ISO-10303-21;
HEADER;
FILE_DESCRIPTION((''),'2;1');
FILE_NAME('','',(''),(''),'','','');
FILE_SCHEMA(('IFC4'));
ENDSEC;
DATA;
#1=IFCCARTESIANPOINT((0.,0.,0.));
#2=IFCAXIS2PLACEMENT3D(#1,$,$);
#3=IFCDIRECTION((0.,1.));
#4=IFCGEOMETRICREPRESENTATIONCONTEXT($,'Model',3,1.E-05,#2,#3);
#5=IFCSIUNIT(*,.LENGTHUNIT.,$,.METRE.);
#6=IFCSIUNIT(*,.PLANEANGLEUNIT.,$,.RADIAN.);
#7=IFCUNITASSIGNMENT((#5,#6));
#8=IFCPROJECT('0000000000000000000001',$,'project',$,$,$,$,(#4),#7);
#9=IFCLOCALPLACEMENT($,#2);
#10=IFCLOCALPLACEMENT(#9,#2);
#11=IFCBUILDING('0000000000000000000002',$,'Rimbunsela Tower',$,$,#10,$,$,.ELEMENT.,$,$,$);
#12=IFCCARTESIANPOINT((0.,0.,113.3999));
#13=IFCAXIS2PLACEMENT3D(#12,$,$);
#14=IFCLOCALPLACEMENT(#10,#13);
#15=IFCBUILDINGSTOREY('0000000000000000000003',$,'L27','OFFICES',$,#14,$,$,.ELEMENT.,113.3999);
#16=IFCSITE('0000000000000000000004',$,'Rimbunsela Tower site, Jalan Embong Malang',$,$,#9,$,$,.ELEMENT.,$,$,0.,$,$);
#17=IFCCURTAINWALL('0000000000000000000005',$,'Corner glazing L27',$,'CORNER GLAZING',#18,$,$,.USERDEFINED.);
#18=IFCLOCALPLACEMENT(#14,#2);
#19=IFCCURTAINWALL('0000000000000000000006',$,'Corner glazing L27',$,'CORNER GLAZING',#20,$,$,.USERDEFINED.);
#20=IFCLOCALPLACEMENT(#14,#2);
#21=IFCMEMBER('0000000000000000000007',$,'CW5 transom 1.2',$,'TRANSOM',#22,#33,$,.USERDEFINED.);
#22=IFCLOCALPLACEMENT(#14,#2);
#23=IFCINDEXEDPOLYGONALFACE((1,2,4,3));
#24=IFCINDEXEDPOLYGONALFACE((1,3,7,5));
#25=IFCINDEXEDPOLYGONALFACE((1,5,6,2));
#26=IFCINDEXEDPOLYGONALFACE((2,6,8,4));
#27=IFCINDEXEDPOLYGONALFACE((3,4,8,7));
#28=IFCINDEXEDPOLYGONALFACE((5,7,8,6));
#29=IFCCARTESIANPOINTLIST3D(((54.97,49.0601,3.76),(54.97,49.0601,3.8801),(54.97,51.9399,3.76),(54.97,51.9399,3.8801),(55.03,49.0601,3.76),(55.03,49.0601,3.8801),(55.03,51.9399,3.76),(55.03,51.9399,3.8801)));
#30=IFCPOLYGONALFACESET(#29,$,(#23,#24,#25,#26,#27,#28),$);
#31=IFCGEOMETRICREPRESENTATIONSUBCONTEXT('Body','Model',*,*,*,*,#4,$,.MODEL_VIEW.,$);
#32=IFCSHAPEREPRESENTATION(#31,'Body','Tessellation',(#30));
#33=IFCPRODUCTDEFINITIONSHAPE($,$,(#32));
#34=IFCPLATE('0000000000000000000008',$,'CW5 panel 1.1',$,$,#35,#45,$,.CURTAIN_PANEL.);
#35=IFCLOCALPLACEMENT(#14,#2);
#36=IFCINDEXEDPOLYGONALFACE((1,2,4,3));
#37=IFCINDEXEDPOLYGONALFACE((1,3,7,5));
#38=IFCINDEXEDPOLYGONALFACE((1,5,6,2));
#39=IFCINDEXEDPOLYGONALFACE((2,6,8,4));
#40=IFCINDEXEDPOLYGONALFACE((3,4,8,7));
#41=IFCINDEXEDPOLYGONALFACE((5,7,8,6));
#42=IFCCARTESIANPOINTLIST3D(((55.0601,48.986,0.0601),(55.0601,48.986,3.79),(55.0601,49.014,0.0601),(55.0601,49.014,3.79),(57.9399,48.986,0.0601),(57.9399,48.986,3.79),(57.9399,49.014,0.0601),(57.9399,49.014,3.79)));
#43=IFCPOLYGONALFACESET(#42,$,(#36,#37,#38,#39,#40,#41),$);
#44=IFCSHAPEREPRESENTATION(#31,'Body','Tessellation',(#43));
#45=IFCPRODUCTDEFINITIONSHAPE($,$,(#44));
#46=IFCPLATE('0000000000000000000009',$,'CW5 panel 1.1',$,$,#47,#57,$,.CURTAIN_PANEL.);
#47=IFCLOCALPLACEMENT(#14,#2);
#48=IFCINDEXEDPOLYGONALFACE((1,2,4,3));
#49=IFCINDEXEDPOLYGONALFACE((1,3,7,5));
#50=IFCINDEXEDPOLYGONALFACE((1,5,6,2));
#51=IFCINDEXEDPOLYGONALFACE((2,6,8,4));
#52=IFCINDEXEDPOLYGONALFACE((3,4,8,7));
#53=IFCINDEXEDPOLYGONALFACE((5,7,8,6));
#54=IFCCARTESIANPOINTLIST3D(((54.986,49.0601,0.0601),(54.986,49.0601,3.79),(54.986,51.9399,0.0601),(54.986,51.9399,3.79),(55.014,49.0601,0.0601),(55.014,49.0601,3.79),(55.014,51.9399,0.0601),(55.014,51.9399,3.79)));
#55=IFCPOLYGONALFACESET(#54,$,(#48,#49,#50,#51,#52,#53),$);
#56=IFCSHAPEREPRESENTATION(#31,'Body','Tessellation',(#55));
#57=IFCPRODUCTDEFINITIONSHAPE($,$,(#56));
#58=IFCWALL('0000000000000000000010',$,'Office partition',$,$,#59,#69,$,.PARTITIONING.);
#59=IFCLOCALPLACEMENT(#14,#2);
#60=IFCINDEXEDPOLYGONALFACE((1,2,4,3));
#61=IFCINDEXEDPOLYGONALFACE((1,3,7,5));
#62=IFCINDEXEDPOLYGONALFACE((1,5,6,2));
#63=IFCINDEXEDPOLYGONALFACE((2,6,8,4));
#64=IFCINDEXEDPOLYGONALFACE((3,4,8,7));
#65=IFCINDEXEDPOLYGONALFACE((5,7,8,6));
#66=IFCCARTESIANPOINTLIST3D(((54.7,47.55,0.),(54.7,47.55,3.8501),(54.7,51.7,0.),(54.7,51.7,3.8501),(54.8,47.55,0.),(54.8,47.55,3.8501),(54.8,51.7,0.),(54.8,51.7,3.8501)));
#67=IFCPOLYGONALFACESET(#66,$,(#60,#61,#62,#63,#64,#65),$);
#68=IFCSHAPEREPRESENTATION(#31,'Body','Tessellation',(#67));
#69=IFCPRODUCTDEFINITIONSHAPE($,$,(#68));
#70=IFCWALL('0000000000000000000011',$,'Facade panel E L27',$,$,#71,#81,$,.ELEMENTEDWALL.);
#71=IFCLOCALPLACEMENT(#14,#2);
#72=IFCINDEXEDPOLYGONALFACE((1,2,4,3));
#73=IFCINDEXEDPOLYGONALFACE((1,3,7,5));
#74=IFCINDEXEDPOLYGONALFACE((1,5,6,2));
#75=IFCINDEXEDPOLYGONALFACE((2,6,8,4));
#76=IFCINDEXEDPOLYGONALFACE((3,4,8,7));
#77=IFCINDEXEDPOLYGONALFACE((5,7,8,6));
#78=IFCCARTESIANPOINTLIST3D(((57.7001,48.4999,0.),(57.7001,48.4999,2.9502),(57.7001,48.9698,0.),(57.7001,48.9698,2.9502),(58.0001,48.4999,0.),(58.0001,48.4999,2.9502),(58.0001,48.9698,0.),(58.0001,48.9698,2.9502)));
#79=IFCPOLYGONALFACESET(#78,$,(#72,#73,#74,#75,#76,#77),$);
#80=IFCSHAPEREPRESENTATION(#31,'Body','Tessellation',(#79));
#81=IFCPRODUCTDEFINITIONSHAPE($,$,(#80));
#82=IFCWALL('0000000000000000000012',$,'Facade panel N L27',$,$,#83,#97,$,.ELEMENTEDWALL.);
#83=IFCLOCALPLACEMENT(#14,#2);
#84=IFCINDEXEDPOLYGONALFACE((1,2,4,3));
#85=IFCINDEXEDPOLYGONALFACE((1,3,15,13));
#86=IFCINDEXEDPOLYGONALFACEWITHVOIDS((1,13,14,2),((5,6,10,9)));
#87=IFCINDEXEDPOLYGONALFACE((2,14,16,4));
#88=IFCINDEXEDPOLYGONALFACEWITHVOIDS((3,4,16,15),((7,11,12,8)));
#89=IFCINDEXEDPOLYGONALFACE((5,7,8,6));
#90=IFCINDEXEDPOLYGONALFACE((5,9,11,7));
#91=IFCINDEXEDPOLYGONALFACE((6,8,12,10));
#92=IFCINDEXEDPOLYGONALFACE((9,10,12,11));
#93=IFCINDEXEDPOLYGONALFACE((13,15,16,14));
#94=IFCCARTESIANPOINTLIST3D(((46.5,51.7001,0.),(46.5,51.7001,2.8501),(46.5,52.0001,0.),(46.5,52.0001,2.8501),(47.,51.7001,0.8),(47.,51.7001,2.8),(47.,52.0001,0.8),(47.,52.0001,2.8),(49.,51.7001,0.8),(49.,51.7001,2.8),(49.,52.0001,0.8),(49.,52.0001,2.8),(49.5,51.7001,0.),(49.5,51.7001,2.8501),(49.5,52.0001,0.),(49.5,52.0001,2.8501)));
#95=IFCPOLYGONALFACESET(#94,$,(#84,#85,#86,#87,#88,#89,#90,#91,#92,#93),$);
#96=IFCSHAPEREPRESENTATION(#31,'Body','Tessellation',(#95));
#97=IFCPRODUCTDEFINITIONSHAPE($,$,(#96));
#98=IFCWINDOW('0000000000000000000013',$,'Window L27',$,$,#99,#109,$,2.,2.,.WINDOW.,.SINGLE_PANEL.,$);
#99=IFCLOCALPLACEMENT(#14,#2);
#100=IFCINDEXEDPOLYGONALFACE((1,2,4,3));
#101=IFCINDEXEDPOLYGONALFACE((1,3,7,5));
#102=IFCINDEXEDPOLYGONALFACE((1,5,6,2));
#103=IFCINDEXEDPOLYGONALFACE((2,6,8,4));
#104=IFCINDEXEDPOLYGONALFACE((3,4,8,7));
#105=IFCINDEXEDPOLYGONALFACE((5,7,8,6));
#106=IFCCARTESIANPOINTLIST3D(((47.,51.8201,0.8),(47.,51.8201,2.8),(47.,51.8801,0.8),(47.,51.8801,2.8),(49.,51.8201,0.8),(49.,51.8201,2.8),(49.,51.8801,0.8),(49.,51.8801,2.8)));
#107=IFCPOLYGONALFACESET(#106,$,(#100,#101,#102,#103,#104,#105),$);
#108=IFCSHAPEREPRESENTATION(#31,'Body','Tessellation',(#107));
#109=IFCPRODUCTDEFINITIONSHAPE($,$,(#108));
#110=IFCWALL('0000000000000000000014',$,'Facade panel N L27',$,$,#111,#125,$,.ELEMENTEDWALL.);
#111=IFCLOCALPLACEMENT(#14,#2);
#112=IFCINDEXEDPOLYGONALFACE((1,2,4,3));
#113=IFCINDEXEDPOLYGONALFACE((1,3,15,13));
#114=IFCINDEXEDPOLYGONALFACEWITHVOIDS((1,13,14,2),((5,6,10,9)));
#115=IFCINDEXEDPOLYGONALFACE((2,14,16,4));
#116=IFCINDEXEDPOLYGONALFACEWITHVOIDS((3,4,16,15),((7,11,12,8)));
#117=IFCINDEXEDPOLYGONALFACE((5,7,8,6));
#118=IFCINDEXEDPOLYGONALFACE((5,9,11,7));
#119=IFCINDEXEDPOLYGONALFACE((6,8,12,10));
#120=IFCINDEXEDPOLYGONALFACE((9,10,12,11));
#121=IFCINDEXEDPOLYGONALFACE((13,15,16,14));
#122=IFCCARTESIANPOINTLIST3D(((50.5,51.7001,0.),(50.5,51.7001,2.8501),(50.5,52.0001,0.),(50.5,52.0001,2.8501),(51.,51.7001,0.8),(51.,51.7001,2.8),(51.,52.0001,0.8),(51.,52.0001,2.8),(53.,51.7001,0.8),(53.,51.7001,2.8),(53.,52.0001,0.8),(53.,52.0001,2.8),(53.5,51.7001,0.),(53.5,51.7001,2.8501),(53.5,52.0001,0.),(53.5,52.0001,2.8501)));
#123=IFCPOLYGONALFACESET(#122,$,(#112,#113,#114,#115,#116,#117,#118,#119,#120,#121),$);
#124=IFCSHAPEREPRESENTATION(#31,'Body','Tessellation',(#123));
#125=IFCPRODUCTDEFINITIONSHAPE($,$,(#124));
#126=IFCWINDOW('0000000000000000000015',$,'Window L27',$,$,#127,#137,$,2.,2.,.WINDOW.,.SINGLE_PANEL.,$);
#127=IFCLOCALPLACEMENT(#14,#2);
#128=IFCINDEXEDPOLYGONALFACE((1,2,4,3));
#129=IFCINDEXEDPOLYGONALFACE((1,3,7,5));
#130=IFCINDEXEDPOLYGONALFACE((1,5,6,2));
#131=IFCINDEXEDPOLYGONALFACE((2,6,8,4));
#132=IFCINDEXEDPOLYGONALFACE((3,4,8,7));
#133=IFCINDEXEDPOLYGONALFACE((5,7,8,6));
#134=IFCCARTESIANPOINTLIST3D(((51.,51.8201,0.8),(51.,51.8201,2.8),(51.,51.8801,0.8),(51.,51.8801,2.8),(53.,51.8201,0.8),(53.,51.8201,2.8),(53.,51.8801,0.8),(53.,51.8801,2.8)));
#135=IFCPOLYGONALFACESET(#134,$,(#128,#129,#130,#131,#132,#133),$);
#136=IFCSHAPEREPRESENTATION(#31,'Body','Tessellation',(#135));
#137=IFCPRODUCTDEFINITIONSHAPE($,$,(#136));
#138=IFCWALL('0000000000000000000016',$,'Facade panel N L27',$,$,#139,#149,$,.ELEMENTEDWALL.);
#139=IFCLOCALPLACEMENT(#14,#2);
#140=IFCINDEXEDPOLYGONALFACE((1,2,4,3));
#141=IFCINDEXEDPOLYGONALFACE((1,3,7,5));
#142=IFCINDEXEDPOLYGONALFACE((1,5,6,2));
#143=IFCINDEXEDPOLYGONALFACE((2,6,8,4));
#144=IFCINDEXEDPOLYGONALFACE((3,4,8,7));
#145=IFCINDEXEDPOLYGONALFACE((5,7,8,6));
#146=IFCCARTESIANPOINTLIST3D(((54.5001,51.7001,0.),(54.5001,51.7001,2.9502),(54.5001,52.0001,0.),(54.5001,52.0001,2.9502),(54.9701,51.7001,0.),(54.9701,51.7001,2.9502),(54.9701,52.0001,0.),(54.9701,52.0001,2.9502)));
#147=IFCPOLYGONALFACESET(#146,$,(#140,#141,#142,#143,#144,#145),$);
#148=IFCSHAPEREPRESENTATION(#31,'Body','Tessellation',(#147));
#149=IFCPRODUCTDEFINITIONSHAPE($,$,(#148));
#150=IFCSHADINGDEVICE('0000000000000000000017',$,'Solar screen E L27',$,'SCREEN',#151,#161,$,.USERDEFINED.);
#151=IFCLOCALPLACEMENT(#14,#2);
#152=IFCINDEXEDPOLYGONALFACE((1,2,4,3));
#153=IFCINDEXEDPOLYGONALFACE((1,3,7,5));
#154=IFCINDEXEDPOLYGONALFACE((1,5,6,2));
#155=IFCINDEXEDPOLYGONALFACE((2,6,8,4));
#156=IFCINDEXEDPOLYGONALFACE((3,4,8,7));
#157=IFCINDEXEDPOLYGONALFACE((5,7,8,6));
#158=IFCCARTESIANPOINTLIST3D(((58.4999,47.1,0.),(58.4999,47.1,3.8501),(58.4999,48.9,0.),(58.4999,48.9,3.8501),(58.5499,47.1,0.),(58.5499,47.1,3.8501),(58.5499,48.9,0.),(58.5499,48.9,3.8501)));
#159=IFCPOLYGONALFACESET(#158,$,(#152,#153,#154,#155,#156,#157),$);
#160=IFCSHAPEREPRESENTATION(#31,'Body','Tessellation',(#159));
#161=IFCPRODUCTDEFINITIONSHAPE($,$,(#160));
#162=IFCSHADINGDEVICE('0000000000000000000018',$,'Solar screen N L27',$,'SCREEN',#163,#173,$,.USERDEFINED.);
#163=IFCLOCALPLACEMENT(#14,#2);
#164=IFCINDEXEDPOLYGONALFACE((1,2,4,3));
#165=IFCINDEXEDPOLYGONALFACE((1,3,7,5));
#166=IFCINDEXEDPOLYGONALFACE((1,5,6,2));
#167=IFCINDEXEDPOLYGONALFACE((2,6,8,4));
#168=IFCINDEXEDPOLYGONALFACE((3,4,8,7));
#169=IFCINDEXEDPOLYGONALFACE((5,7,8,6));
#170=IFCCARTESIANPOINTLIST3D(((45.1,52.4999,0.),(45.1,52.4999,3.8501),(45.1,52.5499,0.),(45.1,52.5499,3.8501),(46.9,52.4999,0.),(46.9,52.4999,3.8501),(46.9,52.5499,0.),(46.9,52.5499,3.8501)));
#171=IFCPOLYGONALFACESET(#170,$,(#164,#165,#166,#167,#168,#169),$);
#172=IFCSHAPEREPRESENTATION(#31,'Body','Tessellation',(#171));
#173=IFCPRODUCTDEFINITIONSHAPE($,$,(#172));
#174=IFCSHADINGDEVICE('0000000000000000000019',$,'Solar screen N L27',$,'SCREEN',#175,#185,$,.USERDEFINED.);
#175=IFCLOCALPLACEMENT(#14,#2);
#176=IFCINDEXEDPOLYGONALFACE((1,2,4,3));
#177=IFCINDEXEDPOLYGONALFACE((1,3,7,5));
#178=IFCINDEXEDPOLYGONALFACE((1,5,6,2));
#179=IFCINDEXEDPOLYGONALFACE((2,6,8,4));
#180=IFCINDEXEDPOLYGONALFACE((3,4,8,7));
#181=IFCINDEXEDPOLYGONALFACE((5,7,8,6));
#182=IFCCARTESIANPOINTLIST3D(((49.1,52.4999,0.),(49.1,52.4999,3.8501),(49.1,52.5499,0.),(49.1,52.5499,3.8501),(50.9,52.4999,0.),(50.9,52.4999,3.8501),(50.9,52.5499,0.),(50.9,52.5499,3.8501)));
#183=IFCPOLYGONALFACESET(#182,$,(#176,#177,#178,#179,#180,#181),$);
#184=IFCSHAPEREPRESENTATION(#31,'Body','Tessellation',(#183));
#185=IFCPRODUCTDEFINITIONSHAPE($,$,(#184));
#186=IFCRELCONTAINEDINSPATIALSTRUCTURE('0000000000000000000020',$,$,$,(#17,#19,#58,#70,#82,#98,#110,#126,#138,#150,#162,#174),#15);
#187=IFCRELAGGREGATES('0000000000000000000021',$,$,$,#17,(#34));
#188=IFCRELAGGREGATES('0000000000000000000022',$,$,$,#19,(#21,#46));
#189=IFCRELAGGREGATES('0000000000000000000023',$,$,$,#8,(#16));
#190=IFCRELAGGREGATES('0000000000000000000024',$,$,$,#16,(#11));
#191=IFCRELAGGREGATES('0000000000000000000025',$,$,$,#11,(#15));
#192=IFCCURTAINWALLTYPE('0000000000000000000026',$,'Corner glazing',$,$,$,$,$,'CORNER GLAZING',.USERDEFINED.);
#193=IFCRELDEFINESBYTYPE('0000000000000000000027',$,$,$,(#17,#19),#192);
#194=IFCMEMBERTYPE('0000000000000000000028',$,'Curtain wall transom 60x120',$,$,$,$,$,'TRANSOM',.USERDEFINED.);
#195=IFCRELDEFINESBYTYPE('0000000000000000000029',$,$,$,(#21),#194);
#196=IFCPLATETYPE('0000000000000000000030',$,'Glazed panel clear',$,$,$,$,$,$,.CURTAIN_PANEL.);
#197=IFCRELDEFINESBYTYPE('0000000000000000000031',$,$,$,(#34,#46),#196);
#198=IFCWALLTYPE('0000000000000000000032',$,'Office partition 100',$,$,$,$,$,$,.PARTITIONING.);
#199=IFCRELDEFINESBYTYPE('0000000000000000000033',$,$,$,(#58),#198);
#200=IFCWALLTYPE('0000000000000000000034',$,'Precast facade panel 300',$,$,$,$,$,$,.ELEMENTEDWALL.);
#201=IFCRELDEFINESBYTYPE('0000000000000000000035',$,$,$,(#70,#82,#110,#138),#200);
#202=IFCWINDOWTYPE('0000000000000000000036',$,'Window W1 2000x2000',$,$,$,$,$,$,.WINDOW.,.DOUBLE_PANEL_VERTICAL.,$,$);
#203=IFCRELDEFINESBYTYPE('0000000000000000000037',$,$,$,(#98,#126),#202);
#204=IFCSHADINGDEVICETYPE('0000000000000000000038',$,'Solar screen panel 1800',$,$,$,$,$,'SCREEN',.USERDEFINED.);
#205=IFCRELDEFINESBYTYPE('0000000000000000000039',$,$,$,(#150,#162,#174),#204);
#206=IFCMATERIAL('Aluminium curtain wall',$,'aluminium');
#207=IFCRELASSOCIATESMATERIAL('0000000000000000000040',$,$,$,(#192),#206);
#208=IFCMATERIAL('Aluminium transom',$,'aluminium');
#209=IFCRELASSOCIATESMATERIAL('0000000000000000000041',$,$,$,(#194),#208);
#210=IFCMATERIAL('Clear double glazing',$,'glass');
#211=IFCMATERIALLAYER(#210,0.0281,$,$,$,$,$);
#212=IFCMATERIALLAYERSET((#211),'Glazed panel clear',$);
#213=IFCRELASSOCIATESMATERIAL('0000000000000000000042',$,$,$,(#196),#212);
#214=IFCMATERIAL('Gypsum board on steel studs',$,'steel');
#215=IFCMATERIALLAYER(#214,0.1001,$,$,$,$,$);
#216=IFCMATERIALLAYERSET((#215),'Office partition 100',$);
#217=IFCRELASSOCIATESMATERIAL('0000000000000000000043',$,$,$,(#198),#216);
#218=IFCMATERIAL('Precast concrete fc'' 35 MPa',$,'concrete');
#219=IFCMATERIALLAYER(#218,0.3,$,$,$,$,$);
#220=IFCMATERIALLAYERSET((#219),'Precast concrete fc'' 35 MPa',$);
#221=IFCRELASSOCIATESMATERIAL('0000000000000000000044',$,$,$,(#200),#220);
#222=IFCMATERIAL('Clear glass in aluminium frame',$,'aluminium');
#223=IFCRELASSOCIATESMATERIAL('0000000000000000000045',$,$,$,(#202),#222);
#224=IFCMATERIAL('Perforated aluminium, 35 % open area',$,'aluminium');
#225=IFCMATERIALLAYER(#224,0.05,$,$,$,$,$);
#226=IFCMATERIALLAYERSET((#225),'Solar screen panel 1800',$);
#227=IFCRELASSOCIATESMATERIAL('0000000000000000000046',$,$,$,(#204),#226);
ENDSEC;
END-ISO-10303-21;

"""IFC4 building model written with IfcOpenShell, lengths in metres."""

from ifc_helpers import new_model, si_unit, direction, frame, frame_2d, origin, origin_2d, place, context, subcontext, project, spatial, rectangle, extrude, material, layer, layer_set, material_profile, profile_set, type_object, element, fill, aggregate, save


model = new_model("IFC4")

# Units and contexts
model_context = context("Model", 3, precision=1e-05, world=origin(), true_north=direction((0.0, 1.0)))
body_context = subcontext(model_context, "Body", "Model", "MODEL_VIEW")
ifc_project = project(units=[si_unit("LENGTHUNIT", "METRE"), si_unit("PLANEANGLEUNIT", "RADIAN")], contexts=[model_context])

# Site, building, storey
site_placement = place(None, origin())
site = spatial("IfcSite", under=ifc_project, at=site_placement, Name="Rimbunsela Tower site, Jalan Embong Malang", CompositionType="ELEMENT", RefElevation=0.0)
building_placement = place(site_placement, origin())
building = spatial("IfcBuilding", under=site, at=building_placement, Name="Rimbunsela Tower", CompositionType="ELEMENT")
storey_placement = place(building_placement, frame((0.0, 0.0, 113.3999)))
storey = spatial("IfcBuildingStorey", under=building, at=storey_placement, Name="L27", Description="OFFICES", CompositionType="ELEMENT", Elevation=113.3999)

# Curtain walls
ifc_material_1 = material(Name="Aluminium curtain wall", Category="aluminium")
curtain_wall_type = type_object("IfcCurtainWallType", Name="Corner glazing", ElementType="CORNER GLAZING", PredefinedType="USERDEFINED", material=ifc_material_1)
curtain_wall_1_placement = place(storey_placement, origin())
curtain_wall_1 = element("IfcCurtainWall", 1, at=curtain_wall_1_placement, inside=storey, type_object=curtain_wall_type, Name="Corner glazing L27", ObjectType="CORNER GLAZING", PredefinedType="USERDEFINED")
curtain_wall_2_placement = place(storey_placement, origin())
curtain_wall_2 = element("IfcCurtainWall", 2, at=curtain_wall_2_placement, inside=storey, type_object=curtain_wall_type, Name="Corner glazing L27", ObjectType="CORNER GLAZING", PredefinedType="USERDEFINED")

# Member
ifc_material_2 = material(Name="Aluminium transom", Category="aluminium")
ifc_material_profile_1 = material_profile(ifc_material_2, rectangle(XDim=0.0601, YDim=0.1201, at=origin_2d()), Name="Transom 60x120")
ifc_profile_set_1 = profile_set([ifc_material_profile_1], Name="Aluminium transom")
member_type_1 = type_object("IfcMemberType", Name="Curtain wall transom 60x120", ElementType="TRANSOM", PredefinedType="USERDEFINED", material=ifc_profile_set_1)
member_1_placement = place(storey_placement, frame((55.0, 49.0601, 3.8201), z_axis=(0.0, 1.0, 0.0), x_axis=(-1.0, 0.0, 0.0)))
member_1 = element("IfcMember", 3, at=member_1_placement, type_object=member_type_1, Name="CW5 transom 1.2", ObjectType="TRANSOM", PredefinedType="USERDEFINED", context=body_context, shape_type="SweptSolid", body=[
    extrude(rectangle(XDim=0.0601, YDim=0.1201, at=origin_2d()), origin(), (0.0, 0.0, 1.0), 2.8799),
])

# Plates
ifc_material_3 = material(Name="Clear double glazing", Category="glass")
ifc_layer_1 = layer(ifc_material_3, 0.0281)
ifc_layer_set_1 = layer_set([ifc_layer_1], Name="Glazed panel clear")
plate_type = type_object("IfcPlateType", Name="Glazed panel clear", PredefinedType="CURTAIN_PANEL", material=ifc_layer_set_1)
plate_1_placement = place(storey_placement, frame((56.5, 49.0, 0.0601), z_axis=(0.0, 0.0, 1.0), x_axis=(-1.0, 0.0, 0.0)))
plate_1 = element("IfcPlate", 4, at=plate_1_placement, type_object=plate_type, Name="CW5 panel 1.1", PredefinedType="CURTAIN_PANEL", context=body_context, shape_type="SweptSolid", body=[
    extrude(rectangle(XDim=2.8799, YDim=0.0281, at=origin_2d()), origin(), (0.0, 0.0, 1.0), 3.73),
])
aggregate(curtain_wall_1, [plate_1])
plate_2_placement = place(storey_placement, frame((55.0, 50.5, 0.0601), z_axis=(0.0, 0.0, 1.0), x_axis=(0.0, 1.0, 0.0)))
plate_2 = element("IfcPlate", 5, at=plate_2_placement, type_object=plate_type, Name="CW5 panel 1.1", PredefinedType="CURTAIN_PANEL", context=body_context, shape_type="SweptSolid", body=[
    extrude(rectangle(XDim=2.8799, YDim=0.0281, at=origin_2d()), origin(), (0.0, 0.0, 1.0), 3.73),
])
aggregate(curtain_wall_2, [member_1, plate_2])

# Walls
ifc_material_4 = material(Name="Gypsum board on steel studs", Category="steel")
ifc_layer_2 = layer(ifc_material_4, 0.1001)
ifc_layer_set_2 = layer_set([ifc_layer_2], Name="Office partition 100")
wall_type_1 = type_object("IfcWallType", Name="Office partition 100", PredefinedType="PARTITIONING", material=ifc_layer_set_2)
wall_1_placement = place(storey_placement, frame((54.75, 47.55, 0.0), z_axis=(0.0, 0.0, 1.0), x_axis=(0.0, 1.0, 0.0)))
element("IfcWall", 6, at=wall_1_placement, inside=storey, type_object=wall_type_1, Name="Office partition", PredefinedType="PARTITIONING", context=body_context, shape_type="SweptSolid", body=[
    extrude(rectangle(XDim=4.1499, YDim=0.1001, at=frame_2d((2.075, 0.0))), origin(), (0.0, 0.0, 1.0), 3.8501),
])
ifc_material_5 = material(Name="Precast concrete fc' 35 MPa", Category="concrete")
ifc_layer_3 = layer(ifc_material_5, 0.3)
ifc_layer_set_3 = layer_set([ifc_layer_3], Name="Precast concrete fc' 35 MPa")
wall_type_2 = type_object("IfcWallType", Name="Precast facade panel 300", PredefinedType="ELEMENTEDWALL", material=ifc_layer_set_3)
wall_2_placement = place(storey_placement, frame((57.8501, 48.5, 0.0), z_axis=(0.0, 0.0, 1.0), x_axis=(0.0, 1.0, 0.0)))
element("IfcWall", 7, at=wall_2_placement, inside=storey, type_object=wall_type_2, Name="Facade panel E L27", PredefinedType="ELEMENTEDWALL", context=body_context, shape_type="SweptSolid", body=[
    extrude(rectangle(XDim=0.47, YDim=0.3, at=frame_2d((0.2349, 0.0))), origin(), (0.0, 0.0, 1.0), 2.9502),
])

# Walls, openings, windows
wall_3_placement = place(storey_placement, frame((49.5, 51.8501, 0.0), z_axis=(0.0, 0.0, 1.0), x_axis=(-1.0, 0.0, 0.0)))
wall_3 = element("IfcWall", 8, at=wall_3_placement, inside=storey, type_object=wall_type_2, Name="Facade panel N L27", PredefinedType="ELEMENTEDWALL", context=body_context, shape_type="SweptSolid", body=[
    extrude(rectangle(XDim=3.0, YDim=0.3, at=frame_2d((1.5, 0.0))), origin(), (0.0, 0.0, 1.0), 2.8501),
])
opening_1_placement = place(wall_3_placement, frame((0.5, 0.0, 0.8)))
opening_1 = element("IfcOpeningElement", 9, at=opening_1_placement, cuts=wall_3, PredefinedType="OPENING", context=body_context, shape_type="SweptSolid", body=[
    extrude(rectangle(XDim=2.0, YDim=2.0, at=frame_2d((1.0, 1.0))), frame((0.0, 0.1599, 0.0), z_axis=(0.0, -1.0, 0.0), x_axis=(1.0, 0.0, 0.0)), (0.0, 0.0, 1.0), 0.3201),
])
ifc_material_6 = material(Name="Clear glass in aluminium frame", Category="aluminium")
window_type = type_object("IfcWindowType", Name="Window W1 2000x2000", PartitioningType="DOUBLE_PANEL_VERTICAL", PredefinedType="WINDOW", material=ifc_material_6)
window_1_placement = place(opening_1_placement, origin())
window_1 = element("IfcWindow", 10, at=window_1_placement, inside=storey, type_object=window_type, Name="Window L27", OverallHeight=2.0, OverallWidth=2.0, PartitioningType="SINGLE_PANEL", PredefinedType="WINDOW", context=body_context, shape_type="SweptSolid", body=[
    extrude(rectangle(XDim=2.0, YDim=2.0, at=frame_2d((1.0, 1.0))), frame((0.0, 0.03, 0.0), z_axis=(0.0, -1.0, 0.0), x_axis=(1.0, 0.0, 0.0)), (0.0, 0.0, 1.0), 0.0601),
])
fill(opening_1, window_1)
wall_4_placement = place(storey_placement, frame((53.5, 51.8501, 0.0), z_axis=(0.0, 0.0, 1.0), x_axis=(-1.0, 0.0, 0.0)))
wall_4 = element("IfcWall", 11, at=wall_4_placement, inside=storey, type_object=wall_type_2, Name="Facade panel N L27", PredefinedType="ELEMENTEDWALL", context=body_context, shape_type="SweptSolid", body=[
    extrude(rectangle(XDim=3.0, YDim=0.3, at=frame_2d((1.5, 0.0))), origin(), (0.0, 0.0, 1.0), 2.8501),
])
opening_2_placement = place(wall_4_placement, frame((0.5, 0.0, 0.8)))
opening_2 = element("IfcOpeningElement", 12, at=opening_2_placement, cuts=wall_4, PredefinedType="OPENING", context=body_context, shape_type="SweptSolid", body=[
    extrude(rectangle(XDim=2.0, YDim=2.0, at=frame_2d((1.0, 1.0))), frame((0.0, 0.1599, 0.0), z_axis=(0.0, -1.0, 0.0), x_axis=(1.0, 0.0, 0.0)), (0.0, 0.0, 1.0), 0.3201),
])
window_2_placement = place(opening_2_placement, origin())
window_2 = element("IfcWindow", 13, at=window_2_placement, inside=storey, type_object=window_type, Name="Window L27", OverallHeight=2.0, OverallWidth=2.0, PartitioningType="SINGLE_PANEL", PredefinedType="WINDOW", context=body_context, shape_type="SweptSolid", body=[
    extrude(rectangle(XDim=2.0, YDim=2.0, at=frame_2d((1.0, 1.0))), frame((0.0, 0.03, 0.0), z_axis=(0.0, -1.0, 0.0), x_axis=(1.0, 0.0, 0.0)), (0.0, 0.0, 1.0), 0.0601),
])
fill(opening_2, window_2)

# Wall
wall_5_placement = place(storey_placement, frame((54.97, 51.8501, 0.0), z_axis=(0.0, 0.0, 1.0), x_axis=(-1.0, 0.0, 0.0)))
element("IfcWall", 14, at=wall_5_placement, inside=storey, type_object=wall_type_2, Name="Facade panel N L27", PredefinedType="ELEMENTEDWALL", context=body_context, shape_type="SweptSolid", body=[
    extrude(rectangle(XDim=0.47, YDim=0.3, at=frame_2d((0.2349, 0.0))), origin(), (0.0, 0.0, 1.0), 2.9502),
])

# Shading devices
ifc_material_7 = material(Name="Perforated aluminium, 35 % open area", Category="aluminium")
ifc_layer_4 = layer(ifc_material_7, 0.05)
ifc_layer_set_4 = layer_set([ifc_layer_4], Name="Solar screen panel 1800")
shading_device_type = type_object("IfcShadingDeviceType", Name="Solar screen panel 1800", ElementType="SCREEN", PredefinedType="USERDEFINED", material=ifc_layer_set_4)
for number, where, z_axis, x_axis, name in (
    (15, (58.5249, 48.0, 0.0), (0.0, 0.0, 1.0), (0.0, 1.0, 0.0), "Solar screen E L27"),
    (16, (46.0, 52.5249, 0.0), (0.0, 0.0, 1.0), (1.0, 0.0, 0.0), "Solar screen N L27"),
    (17, (50.0, 52.5249, 0.0), (0.0, 0.0, 1.0), (1.0, 0.0, 0.0), "Solar screen N L27"),
):
    element("IfcShadingDevice", number, at=place(storey_placement, frame(where, z_axis=z_axis, x_axis=x_axis)), inside=storey, type_object=shading_device_type, Name=name, ObjectType="SCREEN", PredefinedType="USERDEFINED", context=body_context, shape_type="SweptSolid", body=[
        extrude(rectangle(XDim=1.8, YDim=0.05, at=origin_2d()), origin(), (0.0, 0.0, 1.0), 3.8501),
    ])

save(model, "model.ifc")
